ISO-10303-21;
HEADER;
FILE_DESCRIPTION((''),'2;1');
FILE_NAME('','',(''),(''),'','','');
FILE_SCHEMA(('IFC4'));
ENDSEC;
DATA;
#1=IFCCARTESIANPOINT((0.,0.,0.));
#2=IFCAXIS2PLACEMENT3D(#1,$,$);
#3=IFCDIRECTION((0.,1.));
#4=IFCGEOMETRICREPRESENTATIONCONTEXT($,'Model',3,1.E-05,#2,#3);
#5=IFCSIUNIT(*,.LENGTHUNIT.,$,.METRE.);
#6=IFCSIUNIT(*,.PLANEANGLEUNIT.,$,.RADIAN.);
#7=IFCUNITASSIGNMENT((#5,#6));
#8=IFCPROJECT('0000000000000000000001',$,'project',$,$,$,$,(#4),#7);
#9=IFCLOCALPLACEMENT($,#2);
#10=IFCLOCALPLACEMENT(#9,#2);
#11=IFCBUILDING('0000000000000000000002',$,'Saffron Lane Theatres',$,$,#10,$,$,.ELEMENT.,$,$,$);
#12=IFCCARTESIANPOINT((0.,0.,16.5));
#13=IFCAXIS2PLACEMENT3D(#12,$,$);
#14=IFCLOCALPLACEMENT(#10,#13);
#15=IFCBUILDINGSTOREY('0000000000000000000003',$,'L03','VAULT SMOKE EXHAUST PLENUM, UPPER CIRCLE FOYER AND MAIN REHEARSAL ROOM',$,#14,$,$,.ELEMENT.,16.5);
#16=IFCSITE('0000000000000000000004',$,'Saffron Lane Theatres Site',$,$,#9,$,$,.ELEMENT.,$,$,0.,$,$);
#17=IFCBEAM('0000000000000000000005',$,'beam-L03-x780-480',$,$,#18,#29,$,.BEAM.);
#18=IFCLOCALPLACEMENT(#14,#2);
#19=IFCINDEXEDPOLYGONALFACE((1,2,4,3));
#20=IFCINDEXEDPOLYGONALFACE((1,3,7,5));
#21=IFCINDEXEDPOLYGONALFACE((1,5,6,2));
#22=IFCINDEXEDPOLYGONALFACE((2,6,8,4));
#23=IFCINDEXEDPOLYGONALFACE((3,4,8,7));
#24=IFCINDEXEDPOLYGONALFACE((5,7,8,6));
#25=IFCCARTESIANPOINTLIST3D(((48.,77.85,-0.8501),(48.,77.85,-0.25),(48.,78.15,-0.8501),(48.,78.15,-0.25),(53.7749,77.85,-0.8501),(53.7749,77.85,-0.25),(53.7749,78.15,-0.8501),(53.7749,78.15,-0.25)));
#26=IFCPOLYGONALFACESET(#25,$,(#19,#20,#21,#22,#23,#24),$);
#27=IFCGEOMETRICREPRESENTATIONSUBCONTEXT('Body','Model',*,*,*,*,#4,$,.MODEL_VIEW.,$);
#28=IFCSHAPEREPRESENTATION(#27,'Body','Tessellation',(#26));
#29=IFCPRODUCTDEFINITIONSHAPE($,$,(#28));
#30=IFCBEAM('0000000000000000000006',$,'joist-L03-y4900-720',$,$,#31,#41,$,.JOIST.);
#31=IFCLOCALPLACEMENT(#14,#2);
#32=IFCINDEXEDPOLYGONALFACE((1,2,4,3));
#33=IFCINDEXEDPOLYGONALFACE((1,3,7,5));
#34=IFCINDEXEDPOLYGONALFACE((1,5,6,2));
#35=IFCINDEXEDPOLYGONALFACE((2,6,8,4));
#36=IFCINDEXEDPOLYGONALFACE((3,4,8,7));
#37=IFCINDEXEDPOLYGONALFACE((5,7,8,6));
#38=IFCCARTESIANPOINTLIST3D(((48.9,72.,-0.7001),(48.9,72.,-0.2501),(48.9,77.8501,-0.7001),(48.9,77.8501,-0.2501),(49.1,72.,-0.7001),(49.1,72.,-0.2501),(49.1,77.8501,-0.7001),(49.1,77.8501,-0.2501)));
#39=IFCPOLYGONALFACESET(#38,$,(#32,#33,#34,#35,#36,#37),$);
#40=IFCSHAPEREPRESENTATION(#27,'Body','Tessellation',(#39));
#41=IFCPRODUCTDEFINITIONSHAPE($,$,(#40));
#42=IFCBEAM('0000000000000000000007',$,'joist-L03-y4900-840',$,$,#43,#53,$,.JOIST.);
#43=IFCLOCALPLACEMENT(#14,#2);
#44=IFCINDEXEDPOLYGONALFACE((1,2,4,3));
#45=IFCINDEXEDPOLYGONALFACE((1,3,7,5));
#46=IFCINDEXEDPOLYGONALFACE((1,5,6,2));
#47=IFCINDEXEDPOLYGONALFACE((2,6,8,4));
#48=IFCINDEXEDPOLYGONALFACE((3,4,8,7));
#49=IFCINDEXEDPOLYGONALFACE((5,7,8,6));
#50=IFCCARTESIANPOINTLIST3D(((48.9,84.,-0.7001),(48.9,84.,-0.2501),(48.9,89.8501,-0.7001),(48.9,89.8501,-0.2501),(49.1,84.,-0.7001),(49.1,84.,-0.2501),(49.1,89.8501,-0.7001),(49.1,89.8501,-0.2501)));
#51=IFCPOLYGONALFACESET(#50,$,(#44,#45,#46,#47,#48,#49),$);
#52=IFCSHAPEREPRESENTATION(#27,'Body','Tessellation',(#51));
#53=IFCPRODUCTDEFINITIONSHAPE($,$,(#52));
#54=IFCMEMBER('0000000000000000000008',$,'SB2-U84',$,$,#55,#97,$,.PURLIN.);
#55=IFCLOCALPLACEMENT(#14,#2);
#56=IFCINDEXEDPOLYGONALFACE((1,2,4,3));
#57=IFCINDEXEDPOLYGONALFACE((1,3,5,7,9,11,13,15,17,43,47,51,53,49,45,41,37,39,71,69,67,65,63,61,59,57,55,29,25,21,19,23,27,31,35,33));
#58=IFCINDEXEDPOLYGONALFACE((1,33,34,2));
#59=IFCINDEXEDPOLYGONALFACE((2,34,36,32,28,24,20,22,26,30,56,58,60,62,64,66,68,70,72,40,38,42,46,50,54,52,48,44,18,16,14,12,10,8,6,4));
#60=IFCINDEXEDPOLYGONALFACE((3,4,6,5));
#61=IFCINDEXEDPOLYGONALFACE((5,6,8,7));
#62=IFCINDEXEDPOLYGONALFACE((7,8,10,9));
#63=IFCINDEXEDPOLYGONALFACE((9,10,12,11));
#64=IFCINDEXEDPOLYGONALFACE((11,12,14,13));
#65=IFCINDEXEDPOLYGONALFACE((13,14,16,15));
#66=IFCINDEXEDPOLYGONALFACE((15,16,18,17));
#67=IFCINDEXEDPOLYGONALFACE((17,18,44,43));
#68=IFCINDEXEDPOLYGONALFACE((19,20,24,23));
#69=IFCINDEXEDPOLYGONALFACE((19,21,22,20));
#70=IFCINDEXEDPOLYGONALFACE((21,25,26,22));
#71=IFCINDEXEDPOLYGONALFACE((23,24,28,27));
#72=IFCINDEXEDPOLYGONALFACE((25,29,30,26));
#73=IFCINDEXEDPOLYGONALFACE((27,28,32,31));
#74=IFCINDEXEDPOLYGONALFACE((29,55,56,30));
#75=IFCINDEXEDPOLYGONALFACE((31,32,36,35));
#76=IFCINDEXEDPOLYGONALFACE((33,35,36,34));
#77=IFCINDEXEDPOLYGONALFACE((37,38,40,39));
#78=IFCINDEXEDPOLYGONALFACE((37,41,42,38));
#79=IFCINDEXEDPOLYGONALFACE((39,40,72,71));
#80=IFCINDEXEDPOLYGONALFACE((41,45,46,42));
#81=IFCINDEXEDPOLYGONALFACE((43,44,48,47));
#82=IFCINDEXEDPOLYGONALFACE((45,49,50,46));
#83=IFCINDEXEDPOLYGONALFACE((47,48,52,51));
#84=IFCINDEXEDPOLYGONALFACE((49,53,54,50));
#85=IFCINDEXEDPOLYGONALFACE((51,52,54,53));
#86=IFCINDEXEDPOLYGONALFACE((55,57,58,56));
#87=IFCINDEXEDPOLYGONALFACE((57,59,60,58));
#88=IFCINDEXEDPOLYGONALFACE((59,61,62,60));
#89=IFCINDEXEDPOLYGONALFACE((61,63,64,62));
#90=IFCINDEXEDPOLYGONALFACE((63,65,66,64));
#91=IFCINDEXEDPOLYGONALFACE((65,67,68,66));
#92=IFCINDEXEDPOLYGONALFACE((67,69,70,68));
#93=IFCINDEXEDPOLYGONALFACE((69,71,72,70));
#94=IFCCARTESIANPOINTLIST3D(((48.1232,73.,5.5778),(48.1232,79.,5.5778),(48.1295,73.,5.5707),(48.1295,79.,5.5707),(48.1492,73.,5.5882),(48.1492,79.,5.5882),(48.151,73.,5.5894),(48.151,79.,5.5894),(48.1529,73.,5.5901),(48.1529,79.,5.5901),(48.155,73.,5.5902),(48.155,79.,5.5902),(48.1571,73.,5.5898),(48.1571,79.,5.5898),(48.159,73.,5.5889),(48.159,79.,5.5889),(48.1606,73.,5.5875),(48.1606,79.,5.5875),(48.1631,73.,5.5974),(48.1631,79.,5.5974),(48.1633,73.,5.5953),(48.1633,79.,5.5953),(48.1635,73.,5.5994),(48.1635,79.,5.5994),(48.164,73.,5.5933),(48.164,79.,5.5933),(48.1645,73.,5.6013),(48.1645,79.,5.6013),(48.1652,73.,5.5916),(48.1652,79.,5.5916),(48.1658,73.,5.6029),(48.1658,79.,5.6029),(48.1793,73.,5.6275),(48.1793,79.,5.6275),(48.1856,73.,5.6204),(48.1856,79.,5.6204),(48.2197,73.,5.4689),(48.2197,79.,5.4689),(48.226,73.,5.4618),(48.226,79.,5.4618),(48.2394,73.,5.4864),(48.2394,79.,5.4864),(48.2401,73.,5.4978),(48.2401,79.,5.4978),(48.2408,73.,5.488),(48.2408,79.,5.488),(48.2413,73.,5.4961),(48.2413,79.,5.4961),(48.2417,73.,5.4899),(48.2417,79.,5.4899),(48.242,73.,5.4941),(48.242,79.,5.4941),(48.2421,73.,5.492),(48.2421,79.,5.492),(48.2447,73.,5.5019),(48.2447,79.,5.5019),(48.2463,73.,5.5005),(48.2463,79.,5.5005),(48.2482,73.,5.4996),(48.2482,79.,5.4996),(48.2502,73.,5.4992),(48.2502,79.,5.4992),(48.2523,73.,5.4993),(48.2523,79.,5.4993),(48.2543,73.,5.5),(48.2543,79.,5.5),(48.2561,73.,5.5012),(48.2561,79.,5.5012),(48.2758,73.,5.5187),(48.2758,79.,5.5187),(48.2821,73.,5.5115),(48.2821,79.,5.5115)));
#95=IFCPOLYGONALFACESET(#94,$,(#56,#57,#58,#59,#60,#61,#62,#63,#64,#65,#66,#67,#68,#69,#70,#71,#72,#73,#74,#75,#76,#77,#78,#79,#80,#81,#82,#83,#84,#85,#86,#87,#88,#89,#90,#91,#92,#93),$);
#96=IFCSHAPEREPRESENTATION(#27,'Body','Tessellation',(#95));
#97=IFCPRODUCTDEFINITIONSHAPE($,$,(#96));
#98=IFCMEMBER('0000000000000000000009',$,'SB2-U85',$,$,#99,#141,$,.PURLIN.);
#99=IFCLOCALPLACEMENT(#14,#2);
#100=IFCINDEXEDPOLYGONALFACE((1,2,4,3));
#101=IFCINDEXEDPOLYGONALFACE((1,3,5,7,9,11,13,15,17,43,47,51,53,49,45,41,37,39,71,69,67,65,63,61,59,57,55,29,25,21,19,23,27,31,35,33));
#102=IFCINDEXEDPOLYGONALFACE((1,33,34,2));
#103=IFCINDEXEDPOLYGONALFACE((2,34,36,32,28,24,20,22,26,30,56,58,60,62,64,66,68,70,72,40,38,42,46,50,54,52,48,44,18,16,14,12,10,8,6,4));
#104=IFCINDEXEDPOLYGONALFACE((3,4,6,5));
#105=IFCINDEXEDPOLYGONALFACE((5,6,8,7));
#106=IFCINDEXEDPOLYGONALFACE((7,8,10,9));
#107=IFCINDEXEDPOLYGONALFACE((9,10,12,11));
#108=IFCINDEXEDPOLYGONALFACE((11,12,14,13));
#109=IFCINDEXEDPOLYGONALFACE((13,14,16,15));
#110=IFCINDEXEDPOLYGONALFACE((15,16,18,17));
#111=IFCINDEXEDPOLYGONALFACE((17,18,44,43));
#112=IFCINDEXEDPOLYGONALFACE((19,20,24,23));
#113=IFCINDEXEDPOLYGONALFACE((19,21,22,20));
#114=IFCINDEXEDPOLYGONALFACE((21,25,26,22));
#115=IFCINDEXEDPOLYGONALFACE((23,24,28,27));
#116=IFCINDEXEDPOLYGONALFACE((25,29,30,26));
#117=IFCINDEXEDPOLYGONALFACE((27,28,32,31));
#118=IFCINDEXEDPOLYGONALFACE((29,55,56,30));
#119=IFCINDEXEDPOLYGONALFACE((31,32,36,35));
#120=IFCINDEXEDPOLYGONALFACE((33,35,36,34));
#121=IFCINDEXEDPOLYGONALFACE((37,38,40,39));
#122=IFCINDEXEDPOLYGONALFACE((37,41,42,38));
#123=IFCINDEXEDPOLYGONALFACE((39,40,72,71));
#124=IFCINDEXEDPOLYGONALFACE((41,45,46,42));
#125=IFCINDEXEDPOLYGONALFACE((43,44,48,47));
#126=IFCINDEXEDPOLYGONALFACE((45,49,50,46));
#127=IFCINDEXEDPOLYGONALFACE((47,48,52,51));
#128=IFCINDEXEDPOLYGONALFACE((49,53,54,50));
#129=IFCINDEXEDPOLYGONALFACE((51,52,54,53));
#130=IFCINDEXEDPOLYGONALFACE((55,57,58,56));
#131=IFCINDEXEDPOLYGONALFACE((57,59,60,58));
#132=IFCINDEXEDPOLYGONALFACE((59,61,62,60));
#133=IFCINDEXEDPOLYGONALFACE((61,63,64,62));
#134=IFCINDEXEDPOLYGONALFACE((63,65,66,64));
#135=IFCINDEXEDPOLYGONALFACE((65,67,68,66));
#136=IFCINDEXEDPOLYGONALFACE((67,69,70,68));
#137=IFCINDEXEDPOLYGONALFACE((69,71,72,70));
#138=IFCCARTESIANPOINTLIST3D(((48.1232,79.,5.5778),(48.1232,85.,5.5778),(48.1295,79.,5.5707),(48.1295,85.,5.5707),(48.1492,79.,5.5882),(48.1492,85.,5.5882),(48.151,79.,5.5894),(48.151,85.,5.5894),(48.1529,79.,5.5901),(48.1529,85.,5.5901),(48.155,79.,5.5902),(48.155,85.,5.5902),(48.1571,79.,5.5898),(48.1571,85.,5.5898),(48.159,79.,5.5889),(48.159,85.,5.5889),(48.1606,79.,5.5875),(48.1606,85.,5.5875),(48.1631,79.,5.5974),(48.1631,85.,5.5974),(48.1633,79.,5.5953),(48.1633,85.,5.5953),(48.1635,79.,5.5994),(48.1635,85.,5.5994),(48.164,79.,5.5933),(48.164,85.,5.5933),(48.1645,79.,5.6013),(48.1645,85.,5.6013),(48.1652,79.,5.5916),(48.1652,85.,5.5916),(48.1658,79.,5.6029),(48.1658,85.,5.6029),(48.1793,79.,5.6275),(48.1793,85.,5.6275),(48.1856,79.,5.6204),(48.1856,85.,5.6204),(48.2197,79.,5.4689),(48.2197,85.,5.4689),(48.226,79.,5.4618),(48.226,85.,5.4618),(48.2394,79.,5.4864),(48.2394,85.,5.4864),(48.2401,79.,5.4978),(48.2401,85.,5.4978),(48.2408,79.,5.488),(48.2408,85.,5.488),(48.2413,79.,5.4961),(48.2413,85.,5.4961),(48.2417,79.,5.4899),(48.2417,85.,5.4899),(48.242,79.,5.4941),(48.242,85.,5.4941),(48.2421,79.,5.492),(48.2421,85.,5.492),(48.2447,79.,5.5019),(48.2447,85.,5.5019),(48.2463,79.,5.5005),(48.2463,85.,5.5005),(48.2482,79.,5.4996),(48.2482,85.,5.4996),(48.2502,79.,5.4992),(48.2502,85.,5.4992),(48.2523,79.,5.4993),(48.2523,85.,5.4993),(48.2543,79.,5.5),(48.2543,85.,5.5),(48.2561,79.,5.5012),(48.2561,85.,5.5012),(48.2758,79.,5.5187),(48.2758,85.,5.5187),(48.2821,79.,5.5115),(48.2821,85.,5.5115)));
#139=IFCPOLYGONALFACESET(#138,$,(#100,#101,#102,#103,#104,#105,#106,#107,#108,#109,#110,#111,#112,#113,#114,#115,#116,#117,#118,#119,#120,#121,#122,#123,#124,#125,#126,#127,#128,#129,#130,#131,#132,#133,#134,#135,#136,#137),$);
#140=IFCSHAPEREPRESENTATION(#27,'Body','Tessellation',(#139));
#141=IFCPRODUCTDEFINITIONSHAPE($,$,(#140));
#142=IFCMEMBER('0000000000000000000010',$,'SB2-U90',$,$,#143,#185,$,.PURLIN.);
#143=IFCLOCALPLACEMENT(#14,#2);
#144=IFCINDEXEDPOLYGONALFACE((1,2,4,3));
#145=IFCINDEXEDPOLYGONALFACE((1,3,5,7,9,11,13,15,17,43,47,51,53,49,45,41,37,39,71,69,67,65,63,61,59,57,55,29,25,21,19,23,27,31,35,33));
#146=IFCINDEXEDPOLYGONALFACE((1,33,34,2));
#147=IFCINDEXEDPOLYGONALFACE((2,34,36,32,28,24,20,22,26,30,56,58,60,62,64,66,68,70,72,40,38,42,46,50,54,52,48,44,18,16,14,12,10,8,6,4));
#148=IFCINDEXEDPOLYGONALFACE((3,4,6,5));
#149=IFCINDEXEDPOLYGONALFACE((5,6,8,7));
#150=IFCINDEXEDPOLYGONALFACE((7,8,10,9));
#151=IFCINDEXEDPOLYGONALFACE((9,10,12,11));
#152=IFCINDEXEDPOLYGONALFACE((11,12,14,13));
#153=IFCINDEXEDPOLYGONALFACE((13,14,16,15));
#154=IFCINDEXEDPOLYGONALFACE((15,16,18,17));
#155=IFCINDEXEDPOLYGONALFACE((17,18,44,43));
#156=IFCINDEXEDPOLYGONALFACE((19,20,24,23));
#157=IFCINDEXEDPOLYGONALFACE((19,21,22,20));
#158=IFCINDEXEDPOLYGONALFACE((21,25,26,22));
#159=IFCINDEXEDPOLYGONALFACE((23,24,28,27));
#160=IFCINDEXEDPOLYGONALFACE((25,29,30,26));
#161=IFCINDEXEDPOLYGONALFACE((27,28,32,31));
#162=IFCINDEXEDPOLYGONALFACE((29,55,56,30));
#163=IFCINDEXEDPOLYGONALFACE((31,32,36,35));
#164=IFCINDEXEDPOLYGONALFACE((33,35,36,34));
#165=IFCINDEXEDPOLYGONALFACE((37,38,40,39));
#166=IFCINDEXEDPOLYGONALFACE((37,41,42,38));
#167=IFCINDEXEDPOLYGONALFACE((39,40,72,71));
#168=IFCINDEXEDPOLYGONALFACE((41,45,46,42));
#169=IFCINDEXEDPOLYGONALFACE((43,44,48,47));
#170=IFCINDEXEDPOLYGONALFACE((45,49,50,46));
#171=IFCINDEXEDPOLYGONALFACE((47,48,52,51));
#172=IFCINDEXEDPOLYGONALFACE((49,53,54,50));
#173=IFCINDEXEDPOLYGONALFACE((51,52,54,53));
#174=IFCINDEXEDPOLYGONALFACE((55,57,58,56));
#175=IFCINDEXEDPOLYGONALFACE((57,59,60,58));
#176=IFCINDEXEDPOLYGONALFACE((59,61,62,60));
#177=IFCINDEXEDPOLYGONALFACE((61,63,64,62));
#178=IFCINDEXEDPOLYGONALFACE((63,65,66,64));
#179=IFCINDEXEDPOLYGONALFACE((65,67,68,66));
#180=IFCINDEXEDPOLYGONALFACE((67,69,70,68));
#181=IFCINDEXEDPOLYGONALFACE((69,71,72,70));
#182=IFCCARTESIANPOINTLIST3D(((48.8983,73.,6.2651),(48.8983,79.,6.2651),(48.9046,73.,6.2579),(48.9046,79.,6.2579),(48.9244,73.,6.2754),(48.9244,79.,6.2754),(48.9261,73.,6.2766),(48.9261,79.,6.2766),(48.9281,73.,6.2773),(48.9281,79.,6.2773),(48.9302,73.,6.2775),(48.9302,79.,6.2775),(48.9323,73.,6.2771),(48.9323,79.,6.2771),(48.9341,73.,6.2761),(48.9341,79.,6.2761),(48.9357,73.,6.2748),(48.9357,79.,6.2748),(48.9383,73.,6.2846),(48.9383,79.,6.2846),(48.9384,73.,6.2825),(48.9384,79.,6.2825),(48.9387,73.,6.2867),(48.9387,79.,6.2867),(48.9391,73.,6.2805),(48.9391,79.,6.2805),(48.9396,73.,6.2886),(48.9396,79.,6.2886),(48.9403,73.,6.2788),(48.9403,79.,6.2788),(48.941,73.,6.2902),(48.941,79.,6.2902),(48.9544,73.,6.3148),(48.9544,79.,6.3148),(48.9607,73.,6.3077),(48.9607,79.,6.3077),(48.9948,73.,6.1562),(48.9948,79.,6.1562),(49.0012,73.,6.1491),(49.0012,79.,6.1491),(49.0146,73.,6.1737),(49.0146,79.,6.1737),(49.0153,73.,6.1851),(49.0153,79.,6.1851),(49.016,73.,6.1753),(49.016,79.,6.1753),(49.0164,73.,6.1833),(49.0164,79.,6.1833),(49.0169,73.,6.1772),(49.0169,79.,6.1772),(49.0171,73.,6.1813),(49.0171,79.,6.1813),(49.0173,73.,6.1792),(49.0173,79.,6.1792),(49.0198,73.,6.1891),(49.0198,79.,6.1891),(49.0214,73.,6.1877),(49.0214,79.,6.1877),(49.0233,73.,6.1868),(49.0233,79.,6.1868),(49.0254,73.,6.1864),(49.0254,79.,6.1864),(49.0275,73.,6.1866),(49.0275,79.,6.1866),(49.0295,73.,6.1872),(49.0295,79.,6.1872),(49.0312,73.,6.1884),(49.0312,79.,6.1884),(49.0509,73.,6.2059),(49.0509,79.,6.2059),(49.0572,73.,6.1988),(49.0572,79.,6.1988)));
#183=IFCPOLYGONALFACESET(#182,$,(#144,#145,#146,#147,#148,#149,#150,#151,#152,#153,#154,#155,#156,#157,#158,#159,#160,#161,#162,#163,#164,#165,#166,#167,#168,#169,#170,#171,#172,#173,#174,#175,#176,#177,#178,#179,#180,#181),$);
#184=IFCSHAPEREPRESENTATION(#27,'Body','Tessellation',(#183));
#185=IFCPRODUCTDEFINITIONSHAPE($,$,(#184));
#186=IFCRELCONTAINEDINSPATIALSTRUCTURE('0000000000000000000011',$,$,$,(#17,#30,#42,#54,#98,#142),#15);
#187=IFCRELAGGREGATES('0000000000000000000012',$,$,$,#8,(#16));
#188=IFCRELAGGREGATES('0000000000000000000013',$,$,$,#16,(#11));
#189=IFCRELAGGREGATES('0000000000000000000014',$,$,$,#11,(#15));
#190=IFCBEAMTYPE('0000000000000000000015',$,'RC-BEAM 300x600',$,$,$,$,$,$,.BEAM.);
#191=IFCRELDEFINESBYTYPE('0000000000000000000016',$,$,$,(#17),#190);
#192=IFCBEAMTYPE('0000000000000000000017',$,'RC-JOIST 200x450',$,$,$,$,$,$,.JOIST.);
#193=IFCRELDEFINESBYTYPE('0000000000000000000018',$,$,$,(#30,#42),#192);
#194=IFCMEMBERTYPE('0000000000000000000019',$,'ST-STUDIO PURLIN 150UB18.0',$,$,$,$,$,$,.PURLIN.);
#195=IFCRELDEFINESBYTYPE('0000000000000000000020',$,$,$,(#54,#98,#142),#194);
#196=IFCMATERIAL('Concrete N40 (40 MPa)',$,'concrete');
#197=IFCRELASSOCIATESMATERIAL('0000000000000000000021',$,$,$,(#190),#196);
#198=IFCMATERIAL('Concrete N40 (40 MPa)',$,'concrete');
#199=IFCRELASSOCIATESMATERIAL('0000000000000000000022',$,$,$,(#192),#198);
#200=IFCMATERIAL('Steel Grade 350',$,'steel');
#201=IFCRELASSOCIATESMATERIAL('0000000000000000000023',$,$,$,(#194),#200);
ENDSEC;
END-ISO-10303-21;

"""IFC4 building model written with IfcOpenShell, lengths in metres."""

from ifc_helpers import new_model, si_unit, direction, frame, origin, origin_2d, place, context, subcontext, project, spatial, rectangle, i_section, extrude, material, material_profile, profile_set, type_object, element, save


model = new_model("IFC4")

# Units and contexts
model_context = context("Model", 3, precision=1e-05, world=origin(), true_north=direction((0.0, 1.0)))
body_context = subcontext(model_context, "Body", "Model", "MODEL_VIEW")
ifc_project = project(units=[si_unit("LENGTHUNIT", "METRE"), si_unit("PLANEANGLEUNIT", "RADIAN")], contexts=[model_context])

# Site, building, storey
site_placement = place(None, origin())
site = spatial("IfcSite", under=ifc_project, at=site_placement, Name="Saffron Lane Theatres Site", CompositionType="ELEMENT", RefElevation=0.0)
building_placement = place(site_placement, origin())
building = spatial("IfcBuilding", under=site, at=building_placement, Name="Saffron Lane Theatres", CompositionType="ELEMENT")
storey_placement = place(building_placement, frame((0.0, 0.0, 16.5)))
storey = spatial("IfcBuildingStorey", under=building, at=storey_placement, Name="L03", Description="VAULT SMOKE EXHAUST PLENUM, UPPER CIRCLE FOYER AND MAIN REHEARSAL ROOM", CompositionType="ELEMENT", Elevation=16.5)

# Beams
ifc_material_1 = material(Name="Concrete N40 (40 MPa)", Category="concrete")
ifc_material_profile_1 = material_profile(ifc_material_1, rectangle(XDim=0.3, YDim=0.6001, at=origin_2d()))
ifc_profile_set_1 = profile_set([ifc_material_profile_1], Name="Concrete N40 (40 MPa)")
beam_type_1 = type_object("IfcBeamType", Name="RC-BEAM 300x600", PredefinedType="BEAM", material=ifc_profile_set_1)
beam_placement = place(storey_placement, frame((48.0, 78.0, -0.55), z_axis=(1.0, 0.0, 0.0), x_axis=(0.0, 1.0, 0.0)))
element("IfcBeam", 1, at=beam_placement, inside=storey, type_object=beam_type_1, Name="beam-L03-x780-480", PredefinedType="BEAM", context=body_context, shape_type="SweptSolid", body=[
    extrude(rectangle(XDim=0.3, YDim=0.6001, at=origin_2d()), origin(), (0.0, 0.0, 1.0), 5.7749),
])
ifc_material_2 = material(Name="Concrete N40 (40 MPa)", Category="concrete")
ifc_material_profile_2 = material_profile(ifc_material_2, rectangle(XDim=0.2, YDim=0.45, at=origin_2d()))
ifc_profile_set_2 = profile_set([ifc_material_profile_2], Name="Concrete N40 (40 MPa)")
beam_type_2 = type_object("IfcBeamType", Name="RC-JOIST 200x450", PredefinedType="JOIST", material=ifc_profile_set_2)
for number, where, z_axis, x_axis, name in (
    (2, (49.0, 72.0, -0.4751), (0.0, 1.0, 0.0), (-1.0, 0.0, 0.0), "joist-L03-y4900-720"),
    (3, (49.0, 84.0, -0.4751), (0.0, 1.0, 0.0), (-1.0, 0.0, 0.0), "joist-L03-y4900-840"),
):
    element("IfcBeam", number, at=place(storey_placement, frame(where, z_axis=z_axis, x_axis=x_axis)), inside=storey, type_object=beam_type_2, Name=name, PredefinedType="JOIST", context=body_context, shape_type="SweptSolid", body=[
        extrude(rectangle(XDim=0.2, YDim=0.45, at=origin_2d()), origin(), (0.0, 0.0, 1.0), 5.8501),
    ])

# Members
ifc_material_3 = material(Name="Steel Grade 350", Category="steel")
ifc_material_profile_3 = material_profile(ifc_material_3, i_section(OverallWidth=0.075, OverallDepth=0.155, WebThickness=0.0061, FlangeThickness=0.0095, FilletRadius=0.0081, at=origin_2d()))
ifc_profile_set_3 = profile_set([ifc_material_profile_3], Name="Steel Grade 350")
member_type_1 = type_object("IfcMemberType", Name="ST-STUDIO PURLIN 150UB18.0", PredefinedType="PURLIN", material=ifc_profile_set_3)
for number, where, z_axis, x_axis, name in (
    (4, (48.2026, 73.0, 5.5447), (0.0, 1.0, 0.0), (-0.748269, 0.0, -0.663396), "SB2-U84"),
    (5, (48.2026, 79.0, 5.5447), (0.0, 1.0, 0.0), (-0.748269, 0.0, -0.663396), "SB2-U85"),
    (6, (48.9778, 73.0, 6.2319), (0.0, 1.0, 0.0), (-0.748269, 0.0, -0.663396), "SB2-U90"),
):
    element("IfcMember", number, at=place(storey_placement, frame(where, z_axis=z_axis, x_axis=x_axis)), inside=storey, type_object=member_type_1, Name=name, PredefinedType="PURLIN", context=body_context, shape_type="SweptSolid", body=[
        extrude(i_section(OverallWidth=0.075, OverallDepth=0.155, WebThickness=0.0061, FlangeThickness=0.0095, FilletRadius=0.0081, at=origin_2d()), origin(), (0.0, 0.0, 1.0), 6.0),
    ])

save(model, "model.ifc")
